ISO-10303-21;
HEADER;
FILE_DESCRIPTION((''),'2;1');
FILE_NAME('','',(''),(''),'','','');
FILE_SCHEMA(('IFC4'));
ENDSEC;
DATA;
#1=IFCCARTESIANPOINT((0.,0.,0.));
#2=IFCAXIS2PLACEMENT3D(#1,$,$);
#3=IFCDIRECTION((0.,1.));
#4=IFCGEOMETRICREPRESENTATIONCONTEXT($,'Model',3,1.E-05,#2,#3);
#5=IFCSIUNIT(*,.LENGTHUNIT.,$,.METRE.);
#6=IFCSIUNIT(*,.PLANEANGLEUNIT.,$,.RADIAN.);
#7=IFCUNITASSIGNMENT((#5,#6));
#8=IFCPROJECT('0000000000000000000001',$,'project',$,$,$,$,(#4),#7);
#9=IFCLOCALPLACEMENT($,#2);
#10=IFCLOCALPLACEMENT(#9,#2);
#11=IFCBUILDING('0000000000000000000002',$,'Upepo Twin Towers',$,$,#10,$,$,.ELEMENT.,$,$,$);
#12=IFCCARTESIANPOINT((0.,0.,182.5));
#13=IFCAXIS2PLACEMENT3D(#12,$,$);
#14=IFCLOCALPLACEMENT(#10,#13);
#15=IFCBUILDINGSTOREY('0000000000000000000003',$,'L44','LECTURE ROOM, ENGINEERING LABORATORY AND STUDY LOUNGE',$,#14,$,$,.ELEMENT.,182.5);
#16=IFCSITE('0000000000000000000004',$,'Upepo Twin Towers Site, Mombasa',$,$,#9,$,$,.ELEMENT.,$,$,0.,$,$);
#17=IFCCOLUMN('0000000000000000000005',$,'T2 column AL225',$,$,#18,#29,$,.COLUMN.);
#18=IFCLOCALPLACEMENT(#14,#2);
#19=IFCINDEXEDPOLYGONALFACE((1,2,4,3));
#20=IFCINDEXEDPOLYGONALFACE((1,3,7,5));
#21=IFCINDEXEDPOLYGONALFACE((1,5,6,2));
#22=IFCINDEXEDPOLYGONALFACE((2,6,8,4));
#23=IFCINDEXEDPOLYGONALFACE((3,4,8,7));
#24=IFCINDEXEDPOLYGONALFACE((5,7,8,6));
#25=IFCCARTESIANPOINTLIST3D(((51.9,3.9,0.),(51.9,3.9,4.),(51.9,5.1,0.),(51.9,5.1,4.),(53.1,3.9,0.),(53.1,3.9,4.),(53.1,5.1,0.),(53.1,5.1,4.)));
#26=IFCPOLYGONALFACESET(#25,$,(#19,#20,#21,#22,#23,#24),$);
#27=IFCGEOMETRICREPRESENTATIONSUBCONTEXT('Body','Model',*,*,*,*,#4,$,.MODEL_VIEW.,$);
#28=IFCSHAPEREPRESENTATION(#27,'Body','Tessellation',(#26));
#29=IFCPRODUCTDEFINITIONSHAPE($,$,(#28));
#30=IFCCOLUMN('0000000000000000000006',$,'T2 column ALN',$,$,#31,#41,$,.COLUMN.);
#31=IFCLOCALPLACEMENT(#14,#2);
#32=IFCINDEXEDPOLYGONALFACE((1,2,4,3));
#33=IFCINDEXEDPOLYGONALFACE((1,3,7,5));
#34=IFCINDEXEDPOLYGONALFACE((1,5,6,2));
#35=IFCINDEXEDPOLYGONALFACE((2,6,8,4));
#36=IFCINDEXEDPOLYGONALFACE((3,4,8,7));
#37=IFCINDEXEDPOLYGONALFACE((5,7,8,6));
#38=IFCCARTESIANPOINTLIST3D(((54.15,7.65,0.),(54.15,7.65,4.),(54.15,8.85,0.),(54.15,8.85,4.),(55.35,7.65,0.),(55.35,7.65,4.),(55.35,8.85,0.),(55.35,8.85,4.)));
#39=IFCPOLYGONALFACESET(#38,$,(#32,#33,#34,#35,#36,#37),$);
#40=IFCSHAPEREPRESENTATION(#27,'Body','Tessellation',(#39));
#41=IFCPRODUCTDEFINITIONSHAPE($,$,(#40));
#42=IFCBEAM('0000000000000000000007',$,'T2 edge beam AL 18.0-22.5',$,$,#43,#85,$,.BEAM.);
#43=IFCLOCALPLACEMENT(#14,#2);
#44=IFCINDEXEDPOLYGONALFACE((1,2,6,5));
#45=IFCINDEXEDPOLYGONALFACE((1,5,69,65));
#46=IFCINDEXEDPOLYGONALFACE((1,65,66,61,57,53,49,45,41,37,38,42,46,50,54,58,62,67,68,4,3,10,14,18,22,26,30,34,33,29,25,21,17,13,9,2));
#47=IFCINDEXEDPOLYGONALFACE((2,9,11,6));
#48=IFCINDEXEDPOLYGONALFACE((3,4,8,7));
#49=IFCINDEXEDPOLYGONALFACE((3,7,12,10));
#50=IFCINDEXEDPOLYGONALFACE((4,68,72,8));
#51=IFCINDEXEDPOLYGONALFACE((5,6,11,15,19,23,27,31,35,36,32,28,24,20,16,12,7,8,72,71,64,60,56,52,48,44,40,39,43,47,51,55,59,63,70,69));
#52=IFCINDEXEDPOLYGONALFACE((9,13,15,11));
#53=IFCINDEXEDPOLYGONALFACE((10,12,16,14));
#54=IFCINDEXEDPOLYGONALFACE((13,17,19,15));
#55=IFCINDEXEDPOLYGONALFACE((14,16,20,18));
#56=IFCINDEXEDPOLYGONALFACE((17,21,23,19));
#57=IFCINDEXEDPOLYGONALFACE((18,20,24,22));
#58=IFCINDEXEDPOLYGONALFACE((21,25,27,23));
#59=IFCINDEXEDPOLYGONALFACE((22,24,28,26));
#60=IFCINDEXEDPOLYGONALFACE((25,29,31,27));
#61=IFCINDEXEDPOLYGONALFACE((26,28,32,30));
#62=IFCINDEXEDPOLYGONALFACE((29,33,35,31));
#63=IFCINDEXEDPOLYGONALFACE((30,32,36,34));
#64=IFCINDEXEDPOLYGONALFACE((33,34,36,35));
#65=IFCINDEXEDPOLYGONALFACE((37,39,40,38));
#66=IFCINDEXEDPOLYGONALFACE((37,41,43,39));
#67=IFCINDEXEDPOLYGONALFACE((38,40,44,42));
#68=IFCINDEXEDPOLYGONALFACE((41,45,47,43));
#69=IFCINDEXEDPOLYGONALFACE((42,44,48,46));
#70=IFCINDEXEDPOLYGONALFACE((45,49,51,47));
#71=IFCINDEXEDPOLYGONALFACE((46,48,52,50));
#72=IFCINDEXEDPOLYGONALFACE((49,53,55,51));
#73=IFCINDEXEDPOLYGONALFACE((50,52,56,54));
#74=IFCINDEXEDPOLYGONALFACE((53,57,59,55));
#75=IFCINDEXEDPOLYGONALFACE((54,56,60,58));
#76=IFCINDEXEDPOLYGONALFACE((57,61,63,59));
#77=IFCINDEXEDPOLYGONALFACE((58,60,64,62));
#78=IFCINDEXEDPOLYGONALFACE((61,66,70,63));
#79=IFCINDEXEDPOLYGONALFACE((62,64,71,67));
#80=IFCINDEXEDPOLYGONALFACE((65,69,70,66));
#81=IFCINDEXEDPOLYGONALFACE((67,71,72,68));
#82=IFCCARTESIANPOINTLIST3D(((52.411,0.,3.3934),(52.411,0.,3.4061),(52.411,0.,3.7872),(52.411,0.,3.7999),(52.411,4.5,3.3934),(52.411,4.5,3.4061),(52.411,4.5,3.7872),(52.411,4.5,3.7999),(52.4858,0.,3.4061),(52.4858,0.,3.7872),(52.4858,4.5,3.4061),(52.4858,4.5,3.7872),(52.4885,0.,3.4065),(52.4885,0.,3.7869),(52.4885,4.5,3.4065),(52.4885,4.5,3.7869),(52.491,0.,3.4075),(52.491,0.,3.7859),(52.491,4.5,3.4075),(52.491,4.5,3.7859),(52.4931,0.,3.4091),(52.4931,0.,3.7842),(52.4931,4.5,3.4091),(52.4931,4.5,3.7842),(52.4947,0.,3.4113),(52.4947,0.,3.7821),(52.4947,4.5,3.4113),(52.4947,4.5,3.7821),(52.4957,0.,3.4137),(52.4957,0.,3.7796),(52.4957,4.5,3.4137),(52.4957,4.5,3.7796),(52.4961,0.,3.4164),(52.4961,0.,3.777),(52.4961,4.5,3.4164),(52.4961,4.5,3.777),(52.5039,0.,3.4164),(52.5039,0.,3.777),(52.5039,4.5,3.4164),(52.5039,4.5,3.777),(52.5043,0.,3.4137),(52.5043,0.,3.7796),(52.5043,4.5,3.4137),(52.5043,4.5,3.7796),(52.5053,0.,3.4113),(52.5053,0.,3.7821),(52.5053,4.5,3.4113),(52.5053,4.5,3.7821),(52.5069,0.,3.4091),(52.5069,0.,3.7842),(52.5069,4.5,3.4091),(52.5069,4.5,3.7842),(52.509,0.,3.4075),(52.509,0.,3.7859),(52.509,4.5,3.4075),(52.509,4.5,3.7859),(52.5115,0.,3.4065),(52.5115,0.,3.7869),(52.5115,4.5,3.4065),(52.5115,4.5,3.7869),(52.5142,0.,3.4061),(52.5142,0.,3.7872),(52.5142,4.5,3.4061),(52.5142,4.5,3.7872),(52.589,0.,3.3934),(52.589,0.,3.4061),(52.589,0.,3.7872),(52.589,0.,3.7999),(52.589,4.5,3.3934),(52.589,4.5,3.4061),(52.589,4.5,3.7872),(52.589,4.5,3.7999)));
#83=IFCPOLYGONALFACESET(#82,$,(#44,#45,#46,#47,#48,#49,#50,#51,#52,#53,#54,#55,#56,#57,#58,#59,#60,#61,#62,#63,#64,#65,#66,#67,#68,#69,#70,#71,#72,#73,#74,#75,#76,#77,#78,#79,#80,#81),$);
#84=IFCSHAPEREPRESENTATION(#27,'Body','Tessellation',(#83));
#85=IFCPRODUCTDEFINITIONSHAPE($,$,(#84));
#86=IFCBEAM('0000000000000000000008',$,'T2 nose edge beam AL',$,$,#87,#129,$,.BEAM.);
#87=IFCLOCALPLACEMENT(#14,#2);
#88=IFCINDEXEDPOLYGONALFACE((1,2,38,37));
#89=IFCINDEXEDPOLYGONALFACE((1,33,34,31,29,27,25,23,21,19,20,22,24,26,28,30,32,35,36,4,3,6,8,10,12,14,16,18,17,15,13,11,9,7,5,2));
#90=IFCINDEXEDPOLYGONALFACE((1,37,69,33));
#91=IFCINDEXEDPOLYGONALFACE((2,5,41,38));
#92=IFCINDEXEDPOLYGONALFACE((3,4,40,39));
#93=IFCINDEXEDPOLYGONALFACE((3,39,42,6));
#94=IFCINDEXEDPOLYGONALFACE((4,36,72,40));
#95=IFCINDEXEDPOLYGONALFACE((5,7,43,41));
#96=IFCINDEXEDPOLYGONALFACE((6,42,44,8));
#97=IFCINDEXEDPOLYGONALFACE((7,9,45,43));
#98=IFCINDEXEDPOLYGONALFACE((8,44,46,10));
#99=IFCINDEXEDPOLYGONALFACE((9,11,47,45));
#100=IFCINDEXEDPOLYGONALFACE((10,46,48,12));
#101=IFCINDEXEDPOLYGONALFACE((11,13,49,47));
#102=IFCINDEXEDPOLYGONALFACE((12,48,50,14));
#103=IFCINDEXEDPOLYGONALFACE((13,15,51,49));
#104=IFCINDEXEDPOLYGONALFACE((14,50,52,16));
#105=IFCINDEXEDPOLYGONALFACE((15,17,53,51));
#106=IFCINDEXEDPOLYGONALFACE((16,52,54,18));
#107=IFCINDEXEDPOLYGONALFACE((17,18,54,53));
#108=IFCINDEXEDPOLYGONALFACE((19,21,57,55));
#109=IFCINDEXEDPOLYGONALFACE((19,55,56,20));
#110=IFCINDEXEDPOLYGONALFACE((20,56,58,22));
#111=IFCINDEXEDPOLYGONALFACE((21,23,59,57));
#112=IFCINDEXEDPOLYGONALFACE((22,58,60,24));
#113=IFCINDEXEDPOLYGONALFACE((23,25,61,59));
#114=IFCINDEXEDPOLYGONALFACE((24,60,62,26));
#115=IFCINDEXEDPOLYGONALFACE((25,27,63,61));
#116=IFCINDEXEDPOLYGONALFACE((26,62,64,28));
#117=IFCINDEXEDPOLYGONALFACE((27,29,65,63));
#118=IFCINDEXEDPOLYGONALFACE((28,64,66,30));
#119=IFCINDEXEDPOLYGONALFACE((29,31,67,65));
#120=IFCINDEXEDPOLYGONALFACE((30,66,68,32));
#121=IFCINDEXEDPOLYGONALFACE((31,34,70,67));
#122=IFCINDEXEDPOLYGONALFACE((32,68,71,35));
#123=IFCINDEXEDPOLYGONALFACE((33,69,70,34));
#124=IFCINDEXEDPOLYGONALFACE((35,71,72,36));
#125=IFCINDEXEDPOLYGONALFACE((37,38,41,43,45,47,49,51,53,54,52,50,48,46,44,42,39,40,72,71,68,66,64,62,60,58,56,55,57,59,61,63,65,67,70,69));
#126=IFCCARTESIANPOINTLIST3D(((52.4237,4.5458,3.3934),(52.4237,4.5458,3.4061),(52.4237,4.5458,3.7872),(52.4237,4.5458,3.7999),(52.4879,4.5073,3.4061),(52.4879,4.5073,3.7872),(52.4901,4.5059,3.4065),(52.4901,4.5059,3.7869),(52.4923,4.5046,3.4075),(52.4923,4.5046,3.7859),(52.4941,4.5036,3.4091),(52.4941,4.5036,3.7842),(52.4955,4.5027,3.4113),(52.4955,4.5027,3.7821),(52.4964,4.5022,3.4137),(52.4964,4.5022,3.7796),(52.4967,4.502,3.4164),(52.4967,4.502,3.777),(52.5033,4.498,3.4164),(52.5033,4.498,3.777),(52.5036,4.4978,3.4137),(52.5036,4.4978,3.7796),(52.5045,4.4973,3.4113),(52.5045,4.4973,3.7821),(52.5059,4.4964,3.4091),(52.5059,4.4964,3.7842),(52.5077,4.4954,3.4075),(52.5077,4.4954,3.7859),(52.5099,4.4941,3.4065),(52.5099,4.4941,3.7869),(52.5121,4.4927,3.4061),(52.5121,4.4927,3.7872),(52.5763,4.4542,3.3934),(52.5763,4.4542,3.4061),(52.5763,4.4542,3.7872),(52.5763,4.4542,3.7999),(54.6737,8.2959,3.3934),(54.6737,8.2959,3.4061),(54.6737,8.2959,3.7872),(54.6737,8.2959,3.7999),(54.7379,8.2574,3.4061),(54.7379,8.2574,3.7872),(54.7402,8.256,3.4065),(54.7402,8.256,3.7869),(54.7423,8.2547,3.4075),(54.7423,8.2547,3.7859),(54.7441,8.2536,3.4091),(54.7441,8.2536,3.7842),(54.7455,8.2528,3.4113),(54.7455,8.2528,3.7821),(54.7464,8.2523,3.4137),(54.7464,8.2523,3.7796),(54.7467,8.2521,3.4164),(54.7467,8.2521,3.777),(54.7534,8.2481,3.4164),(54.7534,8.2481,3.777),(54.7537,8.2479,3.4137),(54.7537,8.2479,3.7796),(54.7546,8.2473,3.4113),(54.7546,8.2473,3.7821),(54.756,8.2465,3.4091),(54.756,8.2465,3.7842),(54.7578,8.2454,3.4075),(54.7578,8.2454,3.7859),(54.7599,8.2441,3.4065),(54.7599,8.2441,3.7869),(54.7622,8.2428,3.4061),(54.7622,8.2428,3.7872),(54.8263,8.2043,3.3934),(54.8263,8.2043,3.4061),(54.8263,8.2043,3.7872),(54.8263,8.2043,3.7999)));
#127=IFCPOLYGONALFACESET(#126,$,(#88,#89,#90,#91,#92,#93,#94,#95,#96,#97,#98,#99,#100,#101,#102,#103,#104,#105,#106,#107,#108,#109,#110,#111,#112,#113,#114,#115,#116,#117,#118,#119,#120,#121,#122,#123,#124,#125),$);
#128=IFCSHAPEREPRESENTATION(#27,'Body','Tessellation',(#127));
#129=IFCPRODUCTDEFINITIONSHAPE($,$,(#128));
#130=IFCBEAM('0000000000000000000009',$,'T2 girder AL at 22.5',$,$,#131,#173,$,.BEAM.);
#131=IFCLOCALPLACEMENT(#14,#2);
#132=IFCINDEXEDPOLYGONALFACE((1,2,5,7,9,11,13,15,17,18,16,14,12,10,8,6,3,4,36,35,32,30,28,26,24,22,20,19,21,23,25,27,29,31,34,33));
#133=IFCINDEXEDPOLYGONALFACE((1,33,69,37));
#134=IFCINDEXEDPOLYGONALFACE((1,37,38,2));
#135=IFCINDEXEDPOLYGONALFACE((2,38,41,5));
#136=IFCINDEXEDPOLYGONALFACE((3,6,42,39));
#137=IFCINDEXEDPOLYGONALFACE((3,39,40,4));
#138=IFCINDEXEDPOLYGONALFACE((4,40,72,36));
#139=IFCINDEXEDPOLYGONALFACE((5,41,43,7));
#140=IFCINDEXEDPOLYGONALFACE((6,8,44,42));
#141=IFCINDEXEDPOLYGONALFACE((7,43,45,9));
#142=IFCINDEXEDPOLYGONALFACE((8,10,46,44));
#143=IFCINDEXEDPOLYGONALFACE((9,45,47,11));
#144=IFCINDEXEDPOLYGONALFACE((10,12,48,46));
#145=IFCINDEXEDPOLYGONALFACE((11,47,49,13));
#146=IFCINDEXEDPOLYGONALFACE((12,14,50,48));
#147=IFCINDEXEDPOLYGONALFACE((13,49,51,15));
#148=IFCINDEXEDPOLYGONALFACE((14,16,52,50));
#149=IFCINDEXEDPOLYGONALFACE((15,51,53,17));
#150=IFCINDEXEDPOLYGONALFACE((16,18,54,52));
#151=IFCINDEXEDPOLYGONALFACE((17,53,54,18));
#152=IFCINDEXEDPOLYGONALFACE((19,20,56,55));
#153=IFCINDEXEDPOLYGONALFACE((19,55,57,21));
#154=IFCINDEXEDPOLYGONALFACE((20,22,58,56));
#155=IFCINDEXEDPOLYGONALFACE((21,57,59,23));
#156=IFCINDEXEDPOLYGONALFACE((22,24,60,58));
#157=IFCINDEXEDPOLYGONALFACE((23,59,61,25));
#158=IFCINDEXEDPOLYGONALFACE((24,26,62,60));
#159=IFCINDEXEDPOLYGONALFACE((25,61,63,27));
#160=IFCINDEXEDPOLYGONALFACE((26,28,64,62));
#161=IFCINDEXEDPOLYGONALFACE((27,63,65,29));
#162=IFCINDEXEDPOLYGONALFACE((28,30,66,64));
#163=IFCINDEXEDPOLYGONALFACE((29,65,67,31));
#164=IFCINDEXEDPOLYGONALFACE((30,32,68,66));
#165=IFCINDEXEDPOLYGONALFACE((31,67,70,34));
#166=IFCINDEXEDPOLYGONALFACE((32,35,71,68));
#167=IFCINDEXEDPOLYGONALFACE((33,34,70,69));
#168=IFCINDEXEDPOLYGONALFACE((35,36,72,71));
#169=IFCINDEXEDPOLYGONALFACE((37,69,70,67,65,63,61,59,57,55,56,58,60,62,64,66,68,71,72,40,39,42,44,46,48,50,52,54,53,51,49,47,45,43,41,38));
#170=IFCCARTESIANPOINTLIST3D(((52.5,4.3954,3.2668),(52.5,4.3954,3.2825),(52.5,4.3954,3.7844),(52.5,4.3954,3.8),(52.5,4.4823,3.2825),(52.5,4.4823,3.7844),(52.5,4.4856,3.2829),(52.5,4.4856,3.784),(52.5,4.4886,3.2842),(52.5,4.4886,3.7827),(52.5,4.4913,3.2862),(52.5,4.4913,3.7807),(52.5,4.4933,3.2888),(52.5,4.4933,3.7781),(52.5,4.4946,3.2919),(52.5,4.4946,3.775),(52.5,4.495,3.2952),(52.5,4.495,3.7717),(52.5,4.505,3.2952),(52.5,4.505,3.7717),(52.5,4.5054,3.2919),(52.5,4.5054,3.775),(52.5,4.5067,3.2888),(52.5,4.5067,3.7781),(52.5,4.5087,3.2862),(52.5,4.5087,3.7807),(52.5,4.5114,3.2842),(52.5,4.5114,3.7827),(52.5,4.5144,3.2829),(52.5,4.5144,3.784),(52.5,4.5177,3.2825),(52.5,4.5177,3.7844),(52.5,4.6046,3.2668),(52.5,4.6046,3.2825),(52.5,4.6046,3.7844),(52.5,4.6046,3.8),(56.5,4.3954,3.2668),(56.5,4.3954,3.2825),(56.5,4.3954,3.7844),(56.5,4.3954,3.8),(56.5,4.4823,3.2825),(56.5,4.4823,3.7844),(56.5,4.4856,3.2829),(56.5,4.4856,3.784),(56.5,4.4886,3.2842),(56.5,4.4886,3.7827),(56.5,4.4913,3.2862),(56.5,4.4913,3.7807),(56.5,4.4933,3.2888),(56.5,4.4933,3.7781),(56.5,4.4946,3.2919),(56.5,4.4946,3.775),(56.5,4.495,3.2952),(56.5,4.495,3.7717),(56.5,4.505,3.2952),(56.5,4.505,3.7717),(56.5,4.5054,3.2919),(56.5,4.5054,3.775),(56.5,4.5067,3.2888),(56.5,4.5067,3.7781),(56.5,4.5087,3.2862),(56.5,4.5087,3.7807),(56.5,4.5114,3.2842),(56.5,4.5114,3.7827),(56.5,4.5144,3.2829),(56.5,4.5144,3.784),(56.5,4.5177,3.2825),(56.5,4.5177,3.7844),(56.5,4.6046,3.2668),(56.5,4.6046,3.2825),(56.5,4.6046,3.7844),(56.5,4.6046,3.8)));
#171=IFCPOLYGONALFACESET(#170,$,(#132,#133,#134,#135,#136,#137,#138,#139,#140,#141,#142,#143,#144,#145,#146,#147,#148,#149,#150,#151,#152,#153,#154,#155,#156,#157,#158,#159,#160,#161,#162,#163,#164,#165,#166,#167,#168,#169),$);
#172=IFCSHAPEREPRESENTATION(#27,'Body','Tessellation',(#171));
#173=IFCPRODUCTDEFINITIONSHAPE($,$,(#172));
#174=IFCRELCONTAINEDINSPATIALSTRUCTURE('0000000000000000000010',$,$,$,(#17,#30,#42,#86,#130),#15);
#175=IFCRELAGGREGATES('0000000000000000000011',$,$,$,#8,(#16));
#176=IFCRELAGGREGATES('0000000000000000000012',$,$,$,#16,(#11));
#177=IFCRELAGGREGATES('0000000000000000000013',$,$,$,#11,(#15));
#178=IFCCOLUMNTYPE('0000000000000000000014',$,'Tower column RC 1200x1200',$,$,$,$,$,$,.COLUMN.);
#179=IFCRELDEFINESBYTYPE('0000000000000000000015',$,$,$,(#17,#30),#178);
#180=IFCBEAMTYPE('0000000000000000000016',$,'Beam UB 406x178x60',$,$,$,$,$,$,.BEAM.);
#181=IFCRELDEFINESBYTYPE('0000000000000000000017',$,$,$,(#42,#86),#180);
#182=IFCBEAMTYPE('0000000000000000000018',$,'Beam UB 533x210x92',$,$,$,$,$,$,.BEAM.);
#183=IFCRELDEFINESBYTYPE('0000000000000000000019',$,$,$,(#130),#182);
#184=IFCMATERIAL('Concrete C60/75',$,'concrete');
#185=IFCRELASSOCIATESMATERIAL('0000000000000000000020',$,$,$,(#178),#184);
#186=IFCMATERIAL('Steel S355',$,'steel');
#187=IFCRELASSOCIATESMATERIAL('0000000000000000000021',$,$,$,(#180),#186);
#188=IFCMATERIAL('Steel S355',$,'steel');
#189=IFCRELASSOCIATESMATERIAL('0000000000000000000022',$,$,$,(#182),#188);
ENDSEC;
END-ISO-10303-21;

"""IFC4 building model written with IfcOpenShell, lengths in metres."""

from ifc_helpers import new_model, si_unit, direction, frame, origin, origin_2d, place, context, subcontext, project, spatial, rectangle, i_section, extrude, material, material_profile, profile_set, type_object, element, save


model = new_model("IFC4")

# Units and contexts
model_context = context("Model", 3, precision=1e-05, world=origin(), true_north=direction((0.0, 1.0)))
body_context = subcontext(model_context, "Body", "Model", "MODEL_VIEW")
ifc_project = project(units=[si_unit("LENGTHUNIT", "METRE"), si_unit("PLANEANGLEUNIT", "RADIAN")], contexts=[model_context])

# Site, building, storey
site_placement = place(None, origin())
site = spatial("IfcSite", under=ifc_project, at=site_placement, Name="Upepo Twin Towers Site, Mombasa", CompositionType="ELEMENT", RefElevation=0.0)
building_placement = place(site_placement, origin())
building = spatial("IfcBuilding", under=site, at=building_placement, Name="Upepo Twin Towers", CompositionType="ELEMENT")
storey_placement = place(building_placement, frame((0.0, 0.0, 182.5)))
storey = spatial("IfcBuildingStorey", under=building, at=storey_placement, Name="L44", Description="LECTURE ROOM, ENGINEERING LABORATORY AND STUDY LOUNGE", CompositionType="ELEMENT", Elevation=182.5)

# Columns
ifc_material_1 = material(Name="Concrete C60/75", Category="concrete")
ifc_material_profile_1 = material_profile(ifc_material_1, rectangle(XDim=1.2, YDim=1.2, at=origin_2d()), Name="RC 1200x1200")
ifc_profile_set_1 = profile_set([ifc_material_profile_1], Name="Concrete C60/75")
column_type = type_object("IfcColumnType", Name="Tower column RC 1200x1200", PredefinedType="COLUMN", material=ifc_profile_set_1)
for number, where, z_axis, x_axis, name in (
    (1, (52.5, 4.5, 0.0), (0.0, 0.0, 1.0), (1.0, 0.0, 0.0), "T2 column AL225"),
    (2, (54.75, 8.25, 0.0), (0.0, 0.0, 1.0), (1.0, 0.0, 0.0), "T2 column ALN"),
):
    element("IfcColumn", number, at=place(storey_placement, frame(where, z_axis=z_axis, x_axis=x_axis)), inside=storey, type_object=column_type, Name=name, PredefinedType="COLUMN", context=body_context, shape_type="SweptSolid", body=[
        extrude(rectangle(XDim=1.2, YDim=1.2, at=origin_2d()), origin(), (0.0, 0.0, 1.0), 4.0),
    ])

# Beams
ifc_material_2 = material(Name="Steel S355", Category="steel")
ifc_material_profile_2 = material_profile(ifc_material_2, i_section(OverallWidth=0.178, OverallDepth=0.4065, WebThickness=0.0078, FlangeThickness=0.0127, FilletRadius=0.0103, at=origin_2d()), Name="UB 406x178x60")
ifc_profile_set_2 = profile_set([ifc_material_profile_2], Name="Steel S355")
beam_type_1 = type_object("IfcBeamType", Name="Beam UB 406x178x60", PredefinedType="BEAM", material=ifc_profile_set_2)
beam_1_placement = place(storey_placement, frame((52.5, 0.0, 3.5967), z_axis=(0.0, 1.0, 0.0), x_axis=(-1.0, 0.0, 0.0)))
element("IfcBeam", 3, at=beam_1_placement, inside=storey, type_object=beam_type_1, Name="T2 edge beam AL 18.0-22.5", PredefinedType="BEAM", context=body_context, shape_type="SweptSolid", body=[
    extrude(i_section(OverallWidth=0.178, OverallDepth=0.4065, WebThickness=0.0078, FlangeThickness=0.0127, FilletRadius=0.0103, at=origin_2d()), origin(), (0.0, 0.0, 1.0), 4.5),
])
beam_2_placement = place(storey_placement, frame((52.5, 4.5, 3.5967), z_axis=(0.514496, 0.857493, 0.0), x_axis=(-0.857493, 0.514496, 0.0)))
element("IfcBeam", 4, at=beam_2_placement, inside=storey, type_object=beam_type_1, Name="T2 nose edge beam AL", PredefinedType="BEAM", context=body_context, shape_type="SweptSolid", body=[
    extrude(i_section(OverallWidth=0.178, OverallDepth=0.4065, WebThickness=0.0078, FlangeThickness=0.0127, FilletRadius=0.0103, at=origin_2d()), origin(), (0.0, 0.0, 1.0), 4.3733),
])
ifc_material_3 = material(Name="Steel S355", Category="steel")
ifc_material_profile_3 = material_profile(ifc_material_3, i_section(OverallWidth=0.2092, OverallDepth=0.5332, WebThickness=0.01, FlangeThickness=0.0156, FilletRadius=0.0127, at=origin_2d()), Name="UB 533x210x92")
ifc_profile_set_3 = profile_set([ifc_material_profile_3], Name="Steel S355")
beam_type_2 = type_object("IfcBeamType", Name="Beam UB 533x210x92", PredefinedType="BEAM", material=ifc_profile_set_3)
beam_3_placement = place(storey_placement, frame((52.5, 4.5, 3.5334), z_axis=(1.0, 0.0, 0.0), x_axis=(0.0, 1.0, 0.0)))
element("IfcBeam", 5, at=beam_3_placement, inside=storey, type_object=beam_type_2, Name="T2 girder AL at 22.5", PredefinedType="BEAM", context=body_context, shape_type="SweptSolid", body=[
    extrude(i_section(OverallWidth=0.2092, OverallDepth=0.5332, WebThickness=0.01, FlangeThickness=0.0156, FilletRadius=0.0127, at=origin_2d()), origin(), (0.0, 0.0, 1.0), 4.0),
])

save(model, "model.ifc")
